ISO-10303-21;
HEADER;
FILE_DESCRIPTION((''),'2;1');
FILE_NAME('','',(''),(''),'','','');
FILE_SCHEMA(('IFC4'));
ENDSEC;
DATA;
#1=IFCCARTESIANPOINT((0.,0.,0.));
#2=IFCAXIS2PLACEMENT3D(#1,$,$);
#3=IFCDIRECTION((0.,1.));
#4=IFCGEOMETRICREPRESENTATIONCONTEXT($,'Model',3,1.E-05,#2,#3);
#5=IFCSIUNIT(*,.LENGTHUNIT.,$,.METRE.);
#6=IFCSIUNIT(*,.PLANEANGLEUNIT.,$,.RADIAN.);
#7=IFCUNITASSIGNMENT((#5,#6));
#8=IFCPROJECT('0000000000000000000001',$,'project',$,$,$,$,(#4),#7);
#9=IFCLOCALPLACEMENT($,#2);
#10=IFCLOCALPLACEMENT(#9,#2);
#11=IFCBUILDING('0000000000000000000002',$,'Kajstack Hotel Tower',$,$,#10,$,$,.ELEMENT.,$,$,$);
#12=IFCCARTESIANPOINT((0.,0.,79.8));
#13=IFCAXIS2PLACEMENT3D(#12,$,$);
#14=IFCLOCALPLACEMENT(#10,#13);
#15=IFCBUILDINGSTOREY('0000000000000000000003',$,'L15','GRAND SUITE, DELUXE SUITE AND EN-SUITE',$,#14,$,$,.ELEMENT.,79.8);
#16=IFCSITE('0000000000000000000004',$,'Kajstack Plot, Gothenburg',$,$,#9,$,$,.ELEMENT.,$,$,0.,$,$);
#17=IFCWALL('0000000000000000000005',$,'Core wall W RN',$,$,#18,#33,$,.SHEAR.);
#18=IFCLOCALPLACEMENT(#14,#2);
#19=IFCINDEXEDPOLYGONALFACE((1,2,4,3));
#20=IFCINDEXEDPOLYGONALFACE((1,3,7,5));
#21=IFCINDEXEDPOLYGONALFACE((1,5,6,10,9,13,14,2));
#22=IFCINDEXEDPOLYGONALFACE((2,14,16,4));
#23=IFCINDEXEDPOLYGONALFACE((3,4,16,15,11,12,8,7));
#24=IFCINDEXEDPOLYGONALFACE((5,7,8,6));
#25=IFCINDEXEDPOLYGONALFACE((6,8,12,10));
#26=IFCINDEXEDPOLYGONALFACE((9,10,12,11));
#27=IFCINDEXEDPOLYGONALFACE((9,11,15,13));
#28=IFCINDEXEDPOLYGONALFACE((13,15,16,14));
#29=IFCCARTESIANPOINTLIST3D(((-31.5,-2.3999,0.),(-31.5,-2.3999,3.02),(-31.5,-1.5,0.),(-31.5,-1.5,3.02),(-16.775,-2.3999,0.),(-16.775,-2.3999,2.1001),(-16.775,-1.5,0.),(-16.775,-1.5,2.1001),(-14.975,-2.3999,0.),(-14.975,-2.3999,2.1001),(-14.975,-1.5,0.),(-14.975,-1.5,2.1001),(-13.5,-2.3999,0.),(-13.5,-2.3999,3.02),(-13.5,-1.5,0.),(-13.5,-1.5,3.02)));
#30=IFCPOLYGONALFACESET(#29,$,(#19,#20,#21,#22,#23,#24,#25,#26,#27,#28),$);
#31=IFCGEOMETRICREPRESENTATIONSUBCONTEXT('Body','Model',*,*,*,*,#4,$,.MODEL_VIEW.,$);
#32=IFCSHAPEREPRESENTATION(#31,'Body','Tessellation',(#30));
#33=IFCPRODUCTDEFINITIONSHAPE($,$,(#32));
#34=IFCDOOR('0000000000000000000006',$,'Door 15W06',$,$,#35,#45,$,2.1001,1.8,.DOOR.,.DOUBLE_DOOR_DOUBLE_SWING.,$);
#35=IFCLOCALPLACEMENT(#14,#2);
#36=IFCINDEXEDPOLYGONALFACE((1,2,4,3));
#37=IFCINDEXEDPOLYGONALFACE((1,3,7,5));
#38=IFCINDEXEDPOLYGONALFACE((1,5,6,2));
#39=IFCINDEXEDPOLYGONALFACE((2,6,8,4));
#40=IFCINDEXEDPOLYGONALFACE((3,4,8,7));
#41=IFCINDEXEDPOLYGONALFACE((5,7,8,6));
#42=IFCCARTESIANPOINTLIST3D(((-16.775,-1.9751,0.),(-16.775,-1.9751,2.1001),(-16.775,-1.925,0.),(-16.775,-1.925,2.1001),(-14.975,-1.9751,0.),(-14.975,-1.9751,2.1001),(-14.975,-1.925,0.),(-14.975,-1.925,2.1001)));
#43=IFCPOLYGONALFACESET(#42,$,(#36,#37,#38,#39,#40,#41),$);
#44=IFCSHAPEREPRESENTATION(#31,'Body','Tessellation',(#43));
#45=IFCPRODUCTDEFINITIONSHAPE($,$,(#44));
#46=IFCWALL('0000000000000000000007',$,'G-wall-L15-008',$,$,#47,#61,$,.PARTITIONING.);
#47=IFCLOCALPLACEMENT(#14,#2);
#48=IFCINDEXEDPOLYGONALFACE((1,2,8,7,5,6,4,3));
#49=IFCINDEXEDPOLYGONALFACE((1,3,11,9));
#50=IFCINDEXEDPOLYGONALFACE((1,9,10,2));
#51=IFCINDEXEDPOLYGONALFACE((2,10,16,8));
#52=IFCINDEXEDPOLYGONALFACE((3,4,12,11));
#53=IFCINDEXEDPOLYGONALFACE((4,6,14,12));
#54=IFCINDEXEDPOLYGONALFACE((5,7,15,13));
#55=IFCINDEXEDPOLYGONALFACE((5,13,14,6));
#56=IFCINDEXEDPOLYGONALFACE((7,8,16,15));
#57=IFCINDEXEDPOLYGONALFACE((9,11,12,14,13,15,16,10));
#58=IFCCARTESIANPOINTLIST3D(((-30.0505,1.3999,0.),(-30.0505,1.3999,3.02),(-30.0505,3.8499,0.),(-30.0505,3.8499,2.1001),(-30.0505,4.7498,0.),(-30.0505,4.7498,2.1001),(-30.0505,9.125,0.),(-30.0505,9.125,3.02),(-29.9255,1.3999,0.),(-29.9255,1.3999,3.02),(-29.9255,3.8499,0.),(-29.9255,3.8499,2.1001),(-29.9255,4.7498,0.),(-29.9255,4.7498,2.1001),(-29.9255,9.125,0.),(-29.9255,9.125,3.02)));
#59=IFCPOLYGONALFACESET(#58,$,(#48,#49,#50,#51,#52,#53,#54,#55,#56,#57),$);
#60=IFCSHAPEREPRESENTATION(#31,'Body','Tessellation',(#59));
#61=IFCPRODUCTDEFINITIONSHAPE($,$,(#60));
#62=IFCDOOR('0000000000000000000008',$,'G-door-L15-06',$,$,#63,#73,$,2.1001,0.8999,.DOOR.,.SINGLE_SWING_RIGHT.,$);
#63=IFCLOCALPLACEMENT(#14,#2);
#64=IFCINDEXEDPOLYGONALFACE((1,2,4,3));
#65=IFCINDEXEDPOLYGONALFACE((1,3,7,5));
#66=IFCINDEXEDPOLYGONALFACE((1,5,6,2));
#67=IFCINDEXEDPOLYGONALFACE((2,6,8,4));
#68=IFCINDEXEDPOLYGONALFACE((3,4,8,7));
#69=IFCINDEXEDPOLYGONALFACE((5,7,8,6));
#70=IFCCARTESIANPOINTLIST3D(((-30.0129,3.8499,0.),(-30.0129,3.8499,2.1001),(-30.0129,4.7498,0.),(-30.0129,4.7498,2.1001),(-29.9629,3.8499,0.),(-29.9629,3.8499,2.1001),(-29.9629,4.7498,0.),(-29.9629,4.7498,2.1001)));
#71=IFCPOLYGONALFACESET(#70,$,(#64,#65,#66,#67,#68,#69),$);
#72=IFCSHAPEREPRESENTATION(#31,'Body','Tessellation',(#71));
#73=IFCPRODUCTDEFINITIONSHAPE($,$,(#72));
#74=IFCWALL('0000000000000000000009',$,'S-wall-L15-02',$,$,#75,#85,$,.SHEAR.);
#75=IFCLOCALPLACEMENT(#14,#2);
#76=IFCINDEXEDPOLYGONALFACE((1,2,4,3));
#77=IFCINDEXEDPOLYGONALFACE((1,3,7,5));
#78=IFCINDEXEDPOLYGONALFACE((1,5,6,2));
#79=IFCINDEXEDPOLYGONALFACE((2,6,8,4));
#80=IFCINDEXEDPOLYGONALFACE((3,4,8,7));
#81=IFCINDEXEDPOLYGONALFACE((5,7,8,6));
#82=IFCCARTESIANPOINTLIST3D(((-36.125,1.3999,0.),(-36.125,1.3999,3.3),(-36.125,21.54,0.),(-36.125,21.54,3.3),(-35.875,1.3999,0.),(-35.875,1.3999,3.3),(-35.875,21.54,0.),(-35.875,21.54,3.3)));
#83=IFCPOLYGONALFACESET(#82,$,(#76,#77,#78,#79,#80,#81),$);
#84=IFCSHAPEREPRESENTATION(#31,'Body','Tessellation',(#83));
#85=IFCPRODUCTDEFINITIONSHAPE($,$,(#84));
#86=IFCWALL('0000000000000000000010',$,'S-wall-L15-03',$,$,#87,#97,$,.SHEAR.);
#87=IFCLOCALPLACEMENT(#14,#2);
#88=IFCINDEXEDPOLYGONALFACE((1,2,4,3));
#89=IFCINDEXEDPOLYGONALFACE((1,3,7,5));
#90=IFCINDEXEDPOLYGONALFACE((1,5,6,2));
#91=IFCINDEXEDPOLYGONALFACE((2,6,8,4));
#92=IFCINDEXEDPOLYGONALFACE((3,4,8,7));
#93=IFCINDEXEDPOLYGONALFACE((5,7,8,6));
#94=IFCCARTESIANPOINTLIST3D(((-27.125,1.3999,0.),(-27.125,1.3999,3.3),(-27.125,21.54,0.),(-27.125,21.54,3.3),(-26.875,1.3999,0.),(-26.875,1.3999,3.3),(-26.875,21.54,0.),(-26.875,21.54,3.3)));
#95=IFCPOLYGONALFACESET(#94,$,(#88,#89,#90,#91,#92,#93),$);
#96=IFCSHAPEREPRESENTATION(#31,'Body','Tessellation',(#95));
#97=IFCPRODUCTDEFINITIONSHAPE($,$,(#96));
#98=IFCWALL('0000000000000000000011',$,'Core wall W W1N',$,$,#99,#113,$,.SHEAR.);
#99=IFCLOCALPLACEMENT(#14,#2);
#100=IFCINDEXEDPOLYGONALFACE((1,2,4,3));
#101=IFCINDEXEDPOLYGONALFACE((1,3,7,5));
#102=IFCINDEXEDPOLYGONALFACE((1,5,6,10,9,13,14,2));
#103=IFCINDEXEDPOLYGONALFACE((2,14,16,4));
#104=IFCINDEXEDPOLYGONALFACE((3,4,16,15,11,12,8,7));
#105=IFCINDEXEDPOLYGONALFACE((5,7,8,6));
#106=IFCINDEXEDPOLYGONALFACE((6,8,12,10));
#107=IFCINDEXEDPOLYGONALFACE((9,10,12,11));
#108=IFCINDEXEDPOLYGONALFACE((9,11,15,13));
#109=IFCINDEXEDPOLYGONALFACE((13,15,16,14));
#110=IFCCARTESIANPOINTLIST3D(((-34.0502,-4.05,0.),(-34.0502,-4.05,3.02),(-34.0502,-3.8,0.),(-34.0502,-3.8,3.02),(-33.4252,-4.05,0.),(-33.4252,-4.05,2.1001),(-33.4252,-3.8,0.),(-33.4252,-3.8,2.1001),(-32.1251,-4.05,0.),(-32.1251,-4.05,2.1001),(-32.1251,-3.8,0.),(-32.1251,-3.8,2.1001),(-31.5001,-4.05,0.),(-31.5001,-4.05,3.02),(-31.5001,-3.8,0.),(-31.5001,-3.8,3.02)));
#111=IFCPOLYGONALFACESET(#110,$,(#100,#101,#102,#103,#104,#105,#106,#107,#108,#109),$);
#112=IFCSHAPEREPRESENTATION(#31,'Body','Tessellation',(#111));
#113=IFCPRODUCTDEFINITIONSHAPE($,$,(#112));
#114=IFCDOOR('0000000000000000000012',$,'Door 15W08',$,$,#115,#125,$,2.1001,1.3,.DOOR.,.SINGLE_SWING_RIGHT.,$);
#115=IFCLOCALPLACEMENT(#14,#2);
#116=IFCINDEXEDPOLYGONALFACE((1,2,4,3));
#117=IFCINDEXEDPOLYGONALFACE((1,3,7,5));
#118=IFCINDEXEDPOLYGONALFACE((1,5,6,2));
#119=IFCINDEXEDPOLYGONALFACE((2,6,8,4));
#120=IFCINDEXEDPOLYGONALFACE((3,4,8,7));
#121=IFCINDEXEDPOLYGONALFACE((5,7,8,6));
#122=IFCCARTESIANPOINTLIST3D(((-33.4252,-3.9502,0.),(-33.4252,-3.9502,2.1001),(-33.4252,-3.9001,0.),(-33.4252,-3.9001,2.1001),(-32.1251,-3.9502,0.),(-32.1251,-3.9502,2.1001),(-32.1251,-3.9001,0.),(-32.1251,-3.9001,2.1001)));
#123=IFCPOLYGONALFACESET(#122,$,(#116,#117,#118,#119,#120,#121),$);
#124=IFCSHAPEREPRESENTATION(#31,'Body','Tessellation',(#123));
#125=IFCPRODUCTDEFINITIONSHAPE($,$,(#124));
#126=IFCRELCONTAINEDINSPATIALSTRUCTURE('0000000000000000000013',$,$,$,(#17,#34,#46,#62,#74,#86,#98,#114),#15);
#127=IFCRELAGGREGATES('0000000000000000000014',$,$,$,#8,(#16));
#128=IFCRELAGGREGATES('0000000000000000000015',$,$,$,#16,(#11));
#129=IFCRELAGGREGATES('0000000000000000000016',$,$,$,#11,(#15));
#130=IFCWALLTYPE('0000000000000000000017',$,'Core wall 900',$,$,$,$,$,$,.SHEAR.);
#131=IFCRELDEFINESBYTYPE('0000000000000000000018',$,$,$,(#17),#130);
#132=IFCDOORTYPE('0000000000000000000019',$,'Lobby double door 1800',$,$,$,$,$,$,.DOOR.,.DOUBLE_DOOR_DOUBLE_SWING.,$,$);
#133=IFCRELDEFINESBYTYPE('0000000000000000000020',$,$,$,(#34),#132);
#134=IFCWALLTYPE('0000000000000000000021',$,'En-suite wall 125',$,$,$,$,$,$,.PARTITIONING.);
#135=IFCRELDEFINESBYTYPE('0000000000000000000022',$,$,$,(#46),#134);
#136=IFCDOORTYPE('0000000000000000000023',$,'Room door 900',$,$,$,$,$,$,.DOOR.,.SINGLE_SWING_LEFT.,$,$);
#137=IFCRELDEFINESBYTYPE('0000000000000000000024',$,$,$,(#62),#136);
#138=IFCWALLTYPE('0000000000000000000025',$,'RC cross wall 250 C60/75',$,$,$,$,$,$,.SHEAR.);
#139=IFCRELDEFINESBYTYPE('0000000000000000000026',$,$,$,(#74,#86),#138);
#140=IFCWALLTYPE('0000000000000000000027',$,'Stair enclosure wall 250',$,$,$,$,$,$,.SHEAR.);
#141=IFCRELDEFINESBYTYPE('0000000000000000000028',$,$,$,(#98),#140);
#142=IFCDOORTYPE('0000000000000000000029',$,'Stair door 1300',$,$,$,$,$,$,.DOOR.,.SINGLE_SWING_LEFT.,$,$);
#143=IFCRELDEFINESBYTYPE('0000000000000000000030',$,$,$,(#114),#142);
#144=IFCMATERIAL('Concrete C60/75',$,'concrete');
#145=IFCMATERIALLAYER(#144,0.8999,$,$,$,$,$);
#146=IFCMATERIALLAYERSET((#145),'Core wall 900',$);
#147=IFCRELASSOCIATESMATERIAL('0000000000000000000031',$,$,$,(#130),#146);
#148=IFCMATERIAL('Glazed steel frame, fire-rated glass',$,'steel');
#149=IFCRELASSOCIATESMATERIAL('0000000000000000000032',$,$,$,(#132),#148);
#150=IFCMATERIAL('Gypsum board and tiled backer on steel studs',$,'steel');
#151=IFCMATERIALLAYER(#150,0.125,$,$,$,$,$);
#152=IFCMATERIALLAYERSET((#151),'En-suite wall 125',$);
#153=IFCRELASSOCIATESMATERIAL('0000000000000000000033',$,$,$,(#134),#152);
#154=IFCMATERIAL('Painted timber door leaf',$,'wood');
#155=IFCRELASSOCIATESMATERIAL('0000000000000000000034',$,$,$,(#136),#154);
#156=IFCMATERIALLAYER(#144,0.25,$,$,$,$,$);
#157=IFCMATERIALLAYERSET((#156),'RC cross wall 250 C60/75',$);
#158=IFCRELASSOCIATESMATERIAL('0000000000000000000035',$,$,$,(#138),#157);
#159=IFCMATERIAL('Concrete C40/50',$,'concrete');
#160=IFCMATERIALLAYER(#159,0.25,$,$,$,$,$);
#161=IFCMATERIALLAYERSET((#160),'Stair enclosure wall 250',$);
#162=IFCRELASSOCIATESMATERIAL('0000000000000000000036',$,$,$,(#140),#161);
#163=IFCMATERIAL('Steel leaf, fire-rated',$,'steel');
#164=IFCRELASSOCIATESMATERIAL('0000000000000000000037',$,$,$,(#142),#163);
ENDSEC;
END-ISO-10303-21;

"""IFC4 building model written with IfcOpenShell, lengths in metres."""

from ifc_helpers import new_model, si_unit, direction, frame, frame_2d, origin, place, context, subcontext, project, spatial, rectangle, extrude, material, layer, layer_set, type_object, element, fill, save


model = new_model("IFC4")

# Units and contexts
model_context = context("Model", 3, precision=1e-05, world=origin(), true_north=direction((0.0, 1.0)))
body_context = subcontext(model_context, "Body", "Model", "MODEL_VIEW")
ifc_project = project(units=[si_unit("LENGTHUNIT", "METRE"), si_unit("PLANEANGLEUNIT", "RADIAN")], contexts=[model_context])

# Site, building, storey
site_placement = place(None, origin())
site = spatial("IfcSite", under=ifc_project, at=site_placement, Name="Kajstack Plot, Gothenburg", CompositionType="ELEMENT", RefElevation=0.0)
building_placement = place(site_placement, origin())
building = spatial("IfcBuilding", under=site, at=building_placement, Name="Kajstack Hotel Tower", CompositionType="ELEMENT")
storey_placement = place(building_placement, frame((0.0, 0.0, 79.8)))
storey = spatial("IfcBuildingStorey", under=building, at=storey_placement, Name="L15", Description="GRAND SUITE, DELUXE SUITE AND EN-SUITE", CompositionType="ELEMENT", Elevation=79.8)

# Walls, openings, doors
ifc_material_1 = material(Name="Concrete C60/75", Category="concrete")
ifc_layer_1 = layer(ifc_material_1, 0.8999)
ifc_layer_set_1 = layer_set([ifc_layer_1], Name="Core wall 900")
wall_type_1 = type_object("IfcWallType", Name="Core wall 900", PredefinedType="SHEAR", material=ifc_layer_set_1)
wall_1_placement = place(storey_placement, frame((-31.5, -1.95, 0.0), z_axis=(0.0, 0.0, 1.0), x_axis=(1.0, 0.0, 0.0)))
wall_1 = element("IfcWall", 1, at=wall_1_placement, inside=storey, type_object=wall_type_1, Name="Core wall W RN", PredefinedType="SHEAR", context=body_context, shape_type="SweptSolid", body=[
    extrude(rectangle(XDim=18.0, YDim=0.8999, at=frame_2d((9.0, 0.0))), origin(), (0.0, 0.0, 1.0), 3.02),
])
opening_1_placement = place(wall_1_placement, frame((14.7251, 0.0, 0.0)))
opening_1 = element("IfcOpeningElement", 2, at=opening_1_placement, cuts=wall_1, PredefinedType="OPENING", context=body_context, shape_type="SweptSolid", body=[
    extrude(rectangle(XDim=1.8, YDim=2.1001, at=frame_2d((0.8999, 1.05))), frame((0.0, 0.46, 0.0), z_axis=(0.0, -1.0, 0.0), x_axis=(1.0, 0.0, 0.0)), (0.0, 0.0, 1.0), 0.9199),
])
ifc_material_2 = material(Name="Glazed steel frame, fire-rated glass", Category="steel")
door_type_1 = type_object("IfcDoorType", Name="Lobby double door 1800", OperationType="DOUBLE_DOOR_DOUBLE_SWING", PredefinedType="DOOR", material=ifc_material_2)
door_1_placement = place(opening_1_placement, origin())
door_1 = element("IfcDoor", 3, at=door_1_placement, inside=storey, type_object=door_type_1, Name="Door 15W06", OperationType="DOUBLE_DOOR_DOUBLE_SWING", OverallHeight=2.1001, OverallWidth=1.8, PredefinedType="DOOR", context=body_context, shape_type="SweptSolid", body=[
    extrude(rectangle(XDim=1.8, YDim=2.1001, at=frame_2d((0.8999, 1.05))), frame((0.0, 0.0249, 0.0), z_axis=(0.0, -1.0, 0.0), x_axis=(1.0, 0.0, 0.0)), (0.0, 0.0, 1.0), 0.05),
])
fill(opening_1, door_1)
ifc_material_3 = material(Name="Gypsum board and tiled backer on steel studs", Category="steel")
ifc_layer_2 = layer(ifc_material_3, 0.125)
ifc_layer_set_2 = layer_set([ifc_layer_2], Name="En-suite wall 125")
wall_type_2 = type_object("IfcWallType", Name="En-suite wall 125", PredefinedType="PARTITIONING", material=ifc_layer_set_2)
wall_2_placement = place(storey_placement, frame((-29.988, 1.3999, 0.0), z_axis=(0.0, 0.0, 1.0), x_axis=(0.0, 1.0, 0.0)))
wall_2 = element("IfcWall", 4, at=wall_2_placement, inside=storey, type_object=wall_type_2, Name="G-wall-L15-008", PredefinedType="PARTITIONING", context=body_context, shape_type="SweptSolid", body=[
    extrude(rectangle(XDim=7.7251, YDim=0.125, at=frame_2d((3.8625, 0.0))), origin(), (0.0, 0.0, 1.0), 3.02),
])
opening_2_placement = place(wall_2_placement, frame((2.45, 0.0, 0.0)))
opening_2 = element("IfcOpeningElement", 5, at=opening_2_placement, cuts=wall_2, PredefinedType="OPENING", context=body_context, shape_type="SweptSolid", body=[
    extrude(rectangle(XDim=0.8999, YDim=2.1001, at=frame_2d((0.45, 1.05))), frame((0.0, 0.0725, 0.0), z_axis=(0.0, -1.0, 0.0), x_axis=(1.0, 0.0, 0.0)), (0.0, 0.0, 1.0), 0.145),
])
ifc_material_4 = material(Name="Painted timber door leaf", Category="wood")
door_type_2 = type_object("IfcDoorType", Name="Room door 900", OperationType="SINGLE_SWING_LEFT", PredefinedType="DOOR", material=ifc_material_4)
door_2_placement = place(opening_2_placement, origin())
door_2 = element("IfcDoor", 6, at=door_2_placement, inside=storey, type_object=door_type_2, Name="G-door-L15-06", OperationType="SINGLE_SWING_RIGHT", OverallHeight=2.1001, OverallWidth=0.8999, PredefinedType="DOOR", context=body_context, shape_type="SweptSolid", body=[
    extrude(rectangle(XDim=0.8999, YDim=2.1001, at=frame_2d((0.45, 1.05))), frame((0.0, 0.0249, 0.0), z_axis=(0.0, -1.0, 0.0), x_axis=(1.0, 0.0, 0.0)), (0.0, 0.0, 1.0), 0.05),
])
fill(opening_2, door_2)

# Walls
ifc_layer_3 = layer(ifc_material_1, 0.25)
ifc_layer_set_3 = layer_set([ifc_layer_3], Name="RC cross wall 250 C60/75")
wall_type_3 = type_object("IfcWallType", Name="RC cross wall 250 C60/75", PredefinedType="SHEAR", material=ifc_layer_set_3)
for number, where, z_axis, x_axis, name in (
    (7, (-36.0, 1.3999, 0.0), (0.0, 0.0, 1.0), (0.0, 1.0, 0.0), "S-wall-L15-02"),
    (8, (-27.0, 1.3999, 0.0), (0.0, 0.0, 1.0), (0.0, 1.0, 0.0), "S-wall-L15-03"),
):
    element("IfcWall", number, at=place(storey_placement, frame(where, z_axis=z_axis, x_axis=x_axis)), inside=storey, type_object=wall_type_3, Name=name, PredefinedType="SHEAR", context=body_context, shape_type="SweptSolid", body=[
        extrude(rectangle(XDim=20.1401, YDim=0.25, at=frame_2d((10.0701, 0.0))), origin(), (0.0, 0.0, 1.0), 3.3),
    ])

# Wall, opening, door
ifc_material_5 = material(Name="Concrete C40/50", Category="concrete")
ifc_layer_4 = layer(ifc_material_5, 0.25)
ifc_layer_set_4 = layer_set([ifc_layer_4], Name="Stair enclosure wall 250")
wall_type_4 = type_object("IfcWallType", Name="Stair enclosure wall 250", PredefinedType="SHEAR", material=ifc_layer_set_4)
wall_3_placement = place(storey_placement, frame((-34.05, -3.925, 0.0), z_axis=(0.0, 0.0, 1.0), x_axis=(1.0, 0.0, 0.0)))
wall_3 = element("IfcWall", 9, at=wall_3_placement, inside=storey, type_object=wall_type_4, Name="Core wall W W1N", PredefinedType="SHEAR", context=body_context, shape_type="SweptSolid", body=[
    extrude(rectangle(XDim=2.55, YDim=0.25, at=frame_2d((1.2749, 0.0))), origin(), (0.0, 0.0, 1.0), 3.02),
])
opening_3_placement = place(wall_3_placement, frame((0.625, 0.0, 0.0)))
opening_3 = element("IfcOpeningElement", 10, at=opening_3_placement, cuts=wall_3, PredefinedType="OPENING", context=body_context, shape_type="SweptSolid", body=[
    extrude(rectangle(XDim=1.3, YDim=2.1001, at=frame_2d((0.6499, 1.05))), frame((0.0, 0.135, 0.0), z_axis=(0.0, -1.0, 0.0), x_axis=(1.0, 0.0, 0.0)), (0.0, 0.0, 1.0), 0.27),
])
ifc_material_6 = material(Name="Steel leaf, fire-rated", Category="steel")
door_type_3 = type_object("IfcDoorType", Name="Stair door 1300", OperationType="SINGLE_SWING_LEFT", PredefinedType="DOOR", material=ifc_material_6)
door_3_placement = place(opening_3_placement, origin())
door_3 = element("IfcDoor", 11, at=door_3_placement, inside=storey, type_object=door_type_3, Name="Door 15W08", OperationType="SINGLE_SWING_RIGHT", OverallHeight=2.1001, OverallWidth=1.3, PredefinedType="DOOR", context=body_context, shape_type="SweptSolid", body=[
    extrude(rectangle(XDim=1.3, YDim=2.1001, at=frame_2d((0.6499, 1.05))), frame((0.0, 0.0249, 0.0), z_axis=(0.0, -1.0, 0.0), x_axis=(1.0, 0.0, 0.0)), (0.0, 0.0, 1.0), 0.05),
])
fill(opening_3, door_3)

save(model, "model.ifc")
